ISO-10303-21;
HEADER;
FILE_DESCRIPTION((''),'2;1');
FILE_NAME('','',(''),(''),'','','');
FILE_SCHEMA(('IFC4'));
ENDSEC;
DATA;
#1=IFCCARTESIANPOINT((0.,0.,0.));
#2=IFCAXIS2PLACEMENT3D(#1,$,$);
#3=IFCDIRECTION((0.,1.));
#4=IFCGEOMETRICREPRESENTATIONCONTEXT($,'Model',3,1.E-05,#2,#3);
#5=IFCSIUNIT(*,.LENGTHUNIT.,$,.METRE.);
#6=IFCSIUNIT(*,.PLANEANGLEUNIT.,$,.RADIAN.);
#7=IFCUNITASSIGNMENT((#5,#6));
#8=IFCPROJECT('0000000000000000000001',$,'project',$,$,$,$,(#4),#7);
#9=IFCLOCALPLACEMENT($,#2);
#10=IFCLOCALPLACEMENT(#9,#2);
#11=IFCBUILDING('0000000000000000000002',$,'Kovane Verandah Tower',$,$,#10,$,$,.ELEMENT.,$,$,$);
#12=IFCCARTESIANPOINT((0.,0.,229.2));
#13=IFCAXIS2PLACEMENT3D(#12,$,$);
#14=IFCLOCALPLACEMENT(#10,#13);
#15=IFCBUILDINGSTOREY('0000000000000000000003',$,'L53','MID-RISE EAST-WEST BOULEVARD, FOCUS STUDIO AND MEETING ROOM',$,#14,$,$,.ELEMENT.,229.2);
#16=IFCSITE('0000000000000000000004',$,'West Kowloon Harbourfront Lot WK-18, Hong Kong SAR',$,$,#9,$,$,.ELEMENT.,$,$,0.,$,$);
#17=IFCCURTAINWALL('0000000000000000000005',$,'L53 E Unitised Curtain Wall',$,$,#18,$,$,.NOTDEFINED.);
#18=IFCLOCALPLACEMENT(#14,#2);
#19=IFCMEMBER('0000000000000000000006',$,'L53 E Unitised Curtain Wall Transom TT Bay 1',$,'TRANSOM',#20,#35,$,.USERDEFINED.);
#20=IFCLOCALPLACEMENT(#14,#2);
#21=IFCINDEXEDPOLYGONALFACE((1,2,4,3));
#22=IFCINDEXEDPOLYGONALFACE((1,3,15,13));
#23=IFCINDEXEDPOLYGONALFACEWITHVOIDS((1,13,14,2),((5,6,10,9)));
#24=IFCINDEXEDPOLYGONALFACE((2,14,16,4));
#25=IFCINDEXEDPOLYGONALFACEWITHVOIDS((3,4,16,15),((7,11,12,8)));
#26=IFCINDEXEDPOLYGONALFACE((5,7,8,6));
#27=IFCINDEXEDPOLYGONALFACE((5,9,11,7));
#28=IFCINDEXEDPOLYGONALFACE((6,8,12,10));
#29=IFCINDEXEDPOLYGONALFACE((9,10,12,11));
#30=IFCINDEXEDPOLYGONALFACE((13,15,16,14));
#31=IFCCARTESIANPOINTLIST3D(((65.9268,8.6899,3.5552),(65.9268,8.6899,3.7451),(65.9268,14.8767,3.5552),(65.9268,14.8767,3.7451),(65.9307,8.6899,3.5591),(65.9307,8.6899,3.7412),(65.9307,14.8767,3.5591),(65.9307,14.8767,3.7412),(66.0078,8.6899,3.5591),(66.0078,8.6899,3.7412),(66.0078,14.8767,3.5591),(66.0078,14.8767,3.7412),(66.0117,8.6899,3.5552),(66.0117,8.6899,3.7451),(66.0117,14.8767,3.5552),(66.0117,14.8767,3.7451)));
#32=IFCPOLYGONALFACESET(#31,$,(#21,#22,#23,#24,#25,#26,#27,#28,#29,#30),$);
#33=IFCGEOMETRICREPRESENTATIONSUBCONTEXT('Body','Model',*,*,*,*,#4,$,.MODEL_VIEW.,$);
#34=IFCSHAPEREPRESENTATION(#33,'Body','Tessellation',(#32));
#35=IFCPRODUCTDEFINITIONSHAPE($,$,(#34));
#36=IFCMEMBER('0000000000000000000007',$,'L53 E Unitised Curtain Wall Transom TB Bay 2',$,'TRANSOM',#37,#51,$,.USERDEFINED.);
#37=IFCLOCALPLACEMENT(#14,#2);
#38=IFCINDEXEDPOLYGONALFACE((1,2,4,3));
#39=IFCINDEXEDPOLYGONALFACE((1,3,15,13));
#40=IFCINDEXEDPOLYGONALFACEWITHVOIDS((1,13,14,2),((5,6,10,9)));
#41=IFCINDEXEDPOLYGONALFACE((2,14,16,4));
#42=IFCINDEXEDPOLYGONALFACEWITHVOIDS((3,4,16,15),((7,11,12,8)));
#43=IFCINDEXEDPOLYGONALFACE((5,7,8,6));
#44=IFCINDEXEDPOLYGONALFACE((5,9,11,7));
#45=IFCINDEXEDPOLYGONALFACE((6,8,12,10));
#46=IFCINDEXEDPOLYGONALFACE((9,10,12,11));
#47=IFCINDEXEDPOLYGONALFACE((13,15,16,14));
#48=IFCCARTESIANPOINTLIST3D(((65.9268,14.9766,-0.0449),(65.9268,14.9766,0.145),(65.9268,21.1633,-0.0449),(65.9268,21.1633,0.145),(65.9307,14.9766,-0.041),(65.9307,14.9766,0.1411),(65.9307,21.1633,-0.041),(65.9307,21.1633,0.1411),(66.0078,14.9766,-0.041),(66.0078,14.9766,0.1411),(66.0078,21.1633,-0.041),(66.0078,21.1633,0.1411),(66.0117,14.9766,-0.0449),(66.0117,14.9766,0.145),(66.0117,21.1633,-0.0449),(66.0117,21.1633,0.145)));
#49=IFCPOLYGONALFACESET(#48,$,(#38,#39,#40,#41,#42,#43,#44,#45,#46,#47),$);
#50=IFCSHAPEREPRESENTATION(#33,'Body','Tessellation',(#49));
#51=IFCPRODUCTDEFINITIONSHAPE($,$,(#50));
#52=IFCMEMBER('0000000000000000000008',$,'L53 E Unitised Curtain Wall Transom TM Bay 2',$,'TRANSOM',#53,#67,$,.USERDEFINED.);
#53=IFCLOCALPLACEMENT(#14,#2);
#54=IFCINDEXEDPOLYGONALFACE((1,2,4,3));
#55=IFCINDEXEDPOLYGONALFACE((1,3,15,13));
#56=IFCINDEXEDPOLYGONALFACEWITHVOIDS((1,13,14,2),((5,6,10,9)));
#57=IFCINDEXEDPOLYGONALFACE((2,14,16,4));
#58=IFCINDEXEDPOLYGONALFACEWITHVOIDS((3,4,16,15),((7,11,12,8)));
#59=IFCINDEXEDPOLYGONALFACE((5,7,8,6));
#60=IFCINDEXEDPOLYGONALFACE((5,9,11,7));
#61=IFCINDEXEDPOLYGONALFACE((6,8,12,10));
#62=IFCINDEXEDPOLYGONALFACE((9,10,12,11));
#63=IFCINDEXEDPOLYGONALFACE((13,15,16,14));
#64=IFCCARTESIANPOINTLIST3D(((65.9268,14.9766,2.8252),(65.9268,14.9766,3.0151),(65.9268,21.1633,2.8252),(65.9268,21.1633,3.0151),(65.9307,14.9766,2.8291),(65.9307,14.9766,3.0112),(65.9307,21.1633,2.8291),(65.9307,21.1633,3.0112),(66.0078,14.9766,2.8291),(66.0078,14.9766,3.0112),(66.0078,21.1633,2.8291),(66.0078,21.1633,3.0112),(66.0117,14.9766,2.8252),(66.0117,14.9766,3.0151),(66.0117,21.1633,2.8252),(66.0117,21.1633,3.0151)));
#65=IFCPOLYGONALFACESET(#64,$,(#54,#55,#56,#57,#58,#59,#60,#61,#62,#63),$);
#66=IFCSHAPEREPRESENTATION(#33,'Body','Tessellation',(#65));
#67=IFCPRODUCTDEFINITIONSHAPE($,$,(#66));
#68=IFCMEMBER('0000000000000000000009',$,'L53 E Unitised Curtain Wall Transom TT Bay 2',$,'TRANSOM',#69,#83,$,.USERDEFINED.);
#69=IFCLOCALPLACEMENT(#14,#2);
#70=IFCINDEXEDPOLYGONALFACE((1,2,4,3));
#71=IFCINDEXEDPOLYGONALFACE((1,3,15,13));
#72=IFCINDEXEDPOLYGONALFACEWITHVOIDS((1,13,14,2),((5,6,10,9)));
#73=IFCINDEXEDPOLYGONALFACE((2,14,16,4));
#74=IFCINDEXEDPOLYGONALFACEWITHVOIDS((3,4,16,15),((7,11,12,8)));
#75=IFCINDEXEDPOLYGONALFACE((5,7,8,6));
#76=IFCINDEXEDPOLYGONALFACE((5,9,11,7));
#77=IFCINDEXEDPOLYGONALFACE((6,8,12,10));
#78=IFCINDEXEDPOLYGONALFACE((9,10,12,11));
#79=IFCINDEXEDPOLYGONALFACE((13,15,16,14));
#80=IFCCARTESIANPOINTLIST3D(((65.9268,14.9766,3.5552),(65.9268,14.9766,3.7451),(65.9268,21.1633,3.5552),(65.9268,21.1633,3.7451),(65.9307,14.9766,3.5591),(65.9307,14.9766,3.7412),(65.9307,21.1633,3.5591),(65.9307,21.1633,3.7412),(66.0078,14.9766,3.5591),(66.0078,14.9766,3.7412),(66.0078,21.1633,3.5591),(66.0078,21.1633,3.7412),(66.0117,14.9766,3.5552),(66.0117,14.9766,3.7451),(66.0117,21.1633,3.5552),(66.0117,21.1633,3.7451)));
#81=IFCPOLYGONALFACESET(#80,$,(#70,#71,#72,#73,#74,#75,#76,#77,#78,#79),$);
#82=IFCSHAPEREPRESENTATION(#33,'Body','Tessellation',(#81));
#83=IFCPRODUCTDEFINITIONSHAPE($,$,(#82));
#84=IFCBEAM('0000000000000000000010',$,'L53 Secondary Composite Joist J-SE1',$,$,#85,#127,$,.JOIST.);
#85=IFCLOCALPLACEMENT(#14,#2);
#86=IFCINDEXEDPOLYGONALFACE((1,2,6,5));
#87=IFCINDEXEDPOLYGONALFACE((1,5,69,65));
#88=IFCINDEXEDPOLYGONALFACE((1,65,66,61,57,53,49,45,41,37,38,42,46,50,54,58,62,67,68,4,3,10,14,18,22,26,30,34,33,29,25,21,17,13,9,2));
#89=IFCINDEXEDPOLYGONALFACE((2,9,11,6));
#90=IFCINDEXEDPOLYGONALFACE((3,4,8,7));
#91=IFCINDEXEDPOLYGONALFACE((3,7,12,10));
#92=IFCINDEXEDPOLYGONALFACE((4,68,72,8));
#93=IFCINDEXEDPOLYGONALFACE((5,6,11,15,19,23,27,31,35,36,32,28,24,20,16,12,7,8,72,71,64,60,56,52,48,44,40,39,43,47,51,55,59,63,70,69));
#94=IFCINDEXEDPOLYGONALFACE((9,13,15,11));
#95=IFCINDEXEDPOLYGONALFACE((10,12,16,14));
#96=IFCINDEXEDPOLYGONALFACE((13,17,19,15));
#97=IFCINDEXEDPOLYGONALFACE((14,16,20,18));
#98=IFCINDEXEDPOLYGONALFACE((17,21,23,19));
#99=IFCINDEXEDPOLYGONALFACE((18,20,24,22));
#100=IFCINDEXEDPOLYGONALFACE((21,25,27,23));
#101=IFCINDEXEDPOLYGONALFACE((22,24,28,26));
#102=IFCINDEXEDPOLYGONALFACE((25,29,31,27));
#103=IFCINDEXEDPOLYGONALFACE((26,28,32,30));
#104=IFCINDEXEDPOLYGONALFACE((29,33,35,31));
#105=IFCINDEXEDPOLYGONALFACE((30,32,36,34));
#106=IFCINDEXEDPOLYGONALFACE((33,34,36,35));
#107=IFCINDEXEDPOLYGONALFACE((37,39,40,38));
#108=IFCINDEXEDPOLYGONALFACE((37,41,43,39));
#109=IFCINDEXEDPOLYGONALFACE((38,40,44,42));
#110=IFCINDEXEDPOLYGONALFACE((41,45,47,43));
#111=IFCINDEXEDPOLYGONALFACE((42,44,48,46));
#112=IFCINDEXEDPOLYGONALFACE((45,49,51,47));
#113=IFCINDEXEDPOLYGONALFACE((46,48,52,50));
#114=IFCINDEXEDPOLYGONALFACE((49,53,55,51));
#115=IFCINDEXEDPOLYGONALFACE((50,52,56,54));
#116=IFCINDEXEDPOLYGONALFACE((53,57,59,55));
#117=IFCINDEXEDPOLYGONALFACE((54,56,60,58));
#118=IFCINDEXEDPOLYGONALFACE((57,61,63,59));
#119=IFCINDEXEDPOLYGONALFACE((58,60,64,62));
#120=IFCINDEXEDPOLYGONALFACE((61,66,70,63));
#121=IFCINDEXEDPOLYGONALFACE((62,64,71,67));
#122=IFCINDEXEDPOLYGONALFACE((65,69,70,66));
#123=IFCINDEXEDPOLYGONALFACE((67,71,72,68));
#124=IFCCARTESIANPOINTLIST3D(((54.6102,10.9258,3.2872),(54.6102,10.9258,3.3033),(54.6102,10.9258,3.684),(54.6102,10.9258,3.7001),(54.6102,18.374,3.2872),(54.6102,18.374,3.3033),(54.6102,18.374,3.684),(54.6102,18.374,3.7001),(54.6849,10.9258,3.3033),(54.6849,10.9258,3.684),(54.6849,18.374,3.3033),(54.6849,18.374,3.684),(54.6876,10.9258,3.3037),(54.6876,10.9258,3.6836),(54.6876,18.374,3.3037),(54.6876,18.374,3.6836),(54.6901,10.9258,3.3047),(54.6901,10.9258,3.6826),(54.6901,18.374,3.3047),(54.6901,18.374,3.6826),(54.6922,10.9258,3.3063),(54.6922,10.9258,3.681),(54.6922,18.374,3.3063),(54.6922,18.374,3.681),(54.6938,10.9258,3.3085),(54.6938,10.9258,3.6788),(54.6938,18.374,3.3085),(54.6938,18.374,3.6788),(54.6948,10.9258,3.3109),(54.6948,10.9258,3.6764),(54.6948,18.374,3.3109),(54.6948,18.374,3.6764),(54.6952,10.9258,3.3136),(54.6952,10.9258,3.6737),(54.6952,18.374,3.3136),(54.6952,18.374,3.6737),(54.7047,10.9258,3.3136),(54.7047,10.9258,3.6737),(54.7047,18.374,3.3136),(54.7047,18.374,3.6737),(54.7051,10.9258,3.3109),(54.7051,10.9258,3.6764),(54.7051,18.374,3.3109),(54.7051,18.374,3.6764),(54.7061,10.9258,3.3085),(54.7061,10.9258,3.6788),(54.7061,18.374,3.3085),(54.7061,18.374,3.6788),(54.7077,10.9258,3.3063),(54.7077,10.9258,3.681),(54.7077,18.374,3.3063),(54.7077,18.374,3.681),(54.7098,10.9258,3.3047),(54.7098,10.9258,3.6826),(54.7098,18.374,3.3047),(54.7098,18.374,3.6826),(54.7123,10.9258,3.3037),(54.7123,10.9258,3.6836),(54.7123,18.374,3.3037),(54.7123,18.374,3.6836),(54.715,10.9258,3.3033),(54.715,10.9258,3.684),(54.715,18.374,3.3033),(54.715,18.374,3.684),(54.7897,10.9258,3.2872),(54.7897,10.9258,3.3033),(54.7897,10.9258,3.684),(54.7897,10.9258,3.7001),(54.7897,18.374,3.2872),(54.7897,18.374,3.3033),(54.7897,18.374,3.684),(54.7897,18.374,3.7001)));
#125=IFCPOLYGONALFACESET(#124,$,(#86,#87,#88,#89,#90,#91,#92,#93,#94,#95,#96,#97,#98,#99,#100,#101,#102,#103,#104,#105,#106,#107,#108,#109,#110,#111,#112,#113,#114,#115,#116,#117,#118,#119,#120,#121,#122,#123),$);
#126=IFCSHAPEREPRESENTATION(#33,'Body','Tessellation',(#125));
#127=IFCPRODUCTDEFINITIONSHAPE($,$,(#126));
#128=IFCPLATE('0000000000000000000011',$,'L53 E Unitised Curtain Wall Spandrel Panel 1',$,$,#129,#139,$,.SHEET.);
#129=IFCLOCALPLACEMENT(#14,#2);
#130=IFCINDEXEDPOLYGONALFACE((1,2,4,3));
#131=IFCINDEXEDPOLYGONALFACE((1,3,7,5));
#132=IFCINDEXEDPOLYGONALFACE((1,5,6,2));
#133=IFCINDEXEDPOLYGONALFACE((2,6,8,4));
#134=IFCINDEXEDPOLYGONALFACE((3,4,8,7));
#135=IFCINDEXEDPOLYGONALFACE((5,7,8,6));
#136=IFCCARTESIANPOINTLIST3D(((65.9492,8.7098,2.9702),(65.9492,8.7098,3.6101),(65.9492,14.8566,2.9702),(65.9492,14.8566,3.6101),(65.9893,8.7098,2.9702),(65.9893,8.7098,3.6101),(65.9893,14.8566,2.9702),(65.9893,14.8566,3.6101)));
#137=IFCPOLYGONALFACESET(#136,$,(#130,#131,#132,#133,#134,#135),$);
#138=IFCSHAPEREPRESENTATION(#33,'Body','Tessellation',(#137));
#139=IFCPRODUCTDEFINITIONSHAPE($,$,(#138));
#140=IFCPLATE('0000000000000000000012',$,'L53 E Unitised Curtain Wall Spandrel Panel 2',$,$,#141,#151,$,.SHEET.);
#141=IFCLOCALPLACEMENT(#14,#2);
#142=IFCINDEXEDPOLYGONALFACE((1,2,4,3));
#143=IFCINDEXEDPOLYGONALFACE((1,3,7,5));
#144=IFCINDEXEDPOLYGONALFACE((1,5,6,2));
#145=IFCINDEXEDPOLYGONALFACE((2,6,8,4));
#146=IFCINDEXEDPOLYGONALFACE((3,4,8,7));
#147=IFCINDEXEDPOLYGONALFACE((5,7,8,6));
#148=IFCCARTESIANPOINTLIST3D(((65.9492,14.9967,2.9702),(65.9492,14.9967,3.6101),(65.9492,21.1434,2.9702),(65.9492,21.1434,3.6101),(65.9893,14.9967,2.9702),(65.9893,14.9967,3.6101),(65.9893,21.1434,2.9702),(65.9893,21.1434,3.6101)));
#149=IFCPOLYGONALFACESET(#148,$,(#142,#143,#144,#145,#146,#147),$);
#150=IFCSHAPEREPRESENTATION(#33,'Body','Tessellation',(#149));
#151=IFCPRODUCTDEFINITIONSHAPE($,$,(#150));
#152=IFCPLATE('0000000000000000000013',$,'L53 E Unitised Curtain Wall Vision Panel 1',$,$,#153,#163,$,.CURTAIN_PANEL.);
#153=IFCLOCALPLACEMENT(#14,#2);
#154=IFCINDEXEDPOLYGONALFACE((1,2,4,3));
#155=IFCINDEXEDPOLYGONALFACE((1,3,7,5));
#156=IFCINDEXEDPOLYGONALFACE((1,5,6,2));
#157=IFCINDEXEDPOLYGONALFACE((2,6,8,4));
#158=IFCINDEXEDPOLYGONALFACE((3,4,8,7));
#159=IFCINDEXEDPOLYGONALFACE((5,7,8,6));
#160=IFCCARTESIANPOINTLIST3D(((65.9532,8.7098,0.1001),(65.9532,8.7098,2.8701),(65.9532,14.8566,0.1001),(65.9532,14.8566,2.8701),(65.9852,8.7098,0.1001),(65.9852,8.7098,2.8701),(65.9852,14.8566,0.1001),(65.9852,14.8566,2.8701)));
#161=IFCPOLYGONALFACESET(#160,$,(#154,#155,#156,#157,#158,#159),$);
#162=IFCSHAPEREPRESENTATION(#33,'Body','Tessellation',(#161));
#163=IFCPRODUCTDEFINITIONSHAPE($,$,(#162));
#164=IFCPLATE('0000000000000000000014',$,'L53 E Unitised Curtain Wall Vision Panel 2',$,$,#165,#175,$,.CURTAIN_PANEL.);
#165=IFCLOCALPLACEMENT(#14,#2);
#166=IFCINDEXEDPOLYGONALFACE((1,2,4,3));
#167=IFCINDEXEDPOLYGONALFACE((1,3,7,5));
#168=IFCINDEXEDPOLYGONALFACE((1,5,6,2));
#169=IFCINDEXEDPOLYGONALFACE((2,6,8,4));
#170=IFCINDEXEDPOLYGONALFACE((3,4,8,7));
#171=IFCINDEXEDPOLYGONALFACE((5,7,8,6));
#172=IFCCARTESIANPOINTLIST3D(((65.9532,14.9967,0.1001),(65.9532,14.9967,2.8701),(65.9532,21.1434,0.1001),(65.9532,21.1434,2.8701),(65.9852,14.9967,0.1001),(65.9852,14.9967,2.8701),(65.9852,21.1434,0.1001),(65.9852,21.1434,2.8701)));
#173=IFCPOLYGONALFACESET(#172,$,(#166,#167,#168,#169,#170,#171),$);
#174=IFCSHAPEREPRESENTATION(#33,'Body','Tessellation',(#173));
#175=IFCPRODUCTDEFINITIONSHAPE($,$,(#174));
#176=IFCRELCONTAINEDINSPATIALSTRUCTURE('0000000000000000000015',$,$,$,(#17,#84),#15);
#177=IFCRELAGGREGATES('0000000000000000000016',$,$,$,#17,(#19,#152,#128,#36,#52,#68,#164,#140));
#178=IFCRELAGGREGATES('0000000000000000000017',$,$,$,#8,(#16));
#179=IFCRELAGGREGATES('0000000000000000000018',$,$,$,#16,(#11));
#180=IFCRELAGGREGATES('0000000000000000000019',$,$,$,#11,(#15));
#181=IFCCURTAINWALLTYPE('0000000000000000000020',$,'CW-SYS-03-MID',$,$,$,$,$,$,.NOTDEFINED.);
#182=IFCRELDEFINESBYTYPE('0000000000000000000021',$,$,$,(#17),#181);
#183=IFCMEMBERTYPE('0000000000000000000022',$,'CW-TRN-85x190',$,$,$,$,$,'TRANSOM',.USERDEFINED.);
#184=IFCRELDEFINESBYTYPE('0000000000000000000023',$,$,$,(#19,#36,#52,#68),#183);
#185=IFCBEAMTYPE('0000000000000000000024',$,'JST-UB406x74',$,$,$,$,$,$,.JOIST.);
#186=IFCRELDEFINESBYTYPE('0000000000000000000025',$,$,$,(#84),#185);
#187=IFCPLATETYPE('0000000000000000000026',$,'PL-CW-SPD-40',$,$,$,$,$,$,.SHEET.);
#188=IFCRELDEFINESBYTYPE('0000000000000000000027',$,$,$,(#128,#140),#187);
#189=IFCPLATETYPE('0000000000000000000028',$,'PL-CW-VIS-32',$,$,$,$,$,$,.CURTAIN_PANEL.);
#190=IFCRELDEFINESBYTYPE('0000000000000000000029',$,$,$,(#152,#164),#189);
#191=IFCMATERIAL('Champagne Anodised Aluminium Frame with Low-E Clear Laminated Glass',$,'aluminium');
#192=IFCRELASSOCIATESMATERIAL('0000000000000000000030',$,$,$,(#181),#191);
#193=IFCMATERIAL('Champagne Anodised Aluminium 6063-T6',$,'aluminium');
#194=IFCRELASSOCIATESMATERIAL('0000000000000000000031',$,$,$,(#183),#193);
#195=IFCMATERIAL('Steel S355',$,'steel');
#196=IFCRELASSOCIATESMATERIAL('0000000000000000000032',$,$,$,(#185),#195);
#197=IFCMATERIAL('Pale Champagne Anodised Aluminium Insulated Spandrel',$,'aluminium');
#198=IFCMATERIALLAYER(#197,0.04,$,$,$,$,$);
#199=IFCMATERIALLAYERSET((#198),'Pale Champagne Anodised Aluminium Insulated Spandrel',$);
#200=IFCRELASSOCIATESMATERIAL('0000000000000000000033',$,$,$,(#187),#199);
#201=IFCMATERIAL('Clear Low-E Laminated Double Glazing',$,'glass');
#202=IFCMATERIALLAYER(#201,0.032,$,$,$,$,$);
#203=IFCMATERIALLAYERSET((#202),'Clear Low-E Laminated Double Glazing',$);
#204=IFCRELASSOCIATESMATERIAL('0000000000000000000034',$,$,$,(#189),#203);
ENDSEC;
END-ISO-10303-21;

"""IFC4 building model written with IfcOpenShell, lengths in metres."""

from ifc_helpers import new_model, si_unit, direction, frame, origin, origin_2d, place, context, subcontext, project, spatial, rectangle, hollow_rectangle, i_section, extrude, material, layer, layer_set, material_profile, profile_set, type_object, element, aggregate, save


model = new_model("IFC4")

# Units and contexts
model_context = context("Model", 3, precision=1e-05, world=origin(), true_north=direction((0.0, 1.0)))
body_context = subcontext(model_context, "Body", "Model", "MODEL_VIEW")
ifc_project = project(units=[si_unit("LENGTHUNIT", "METRE"), si_unit("PLANEANGLEUNIT", "RADIAN")], contexts=[model_context])

# Site, building, storey
site_placement = place(None, origin())
site = spatial("IfcSite", under=ifc_project, at=site_placement, Name="West Kowloon Harbourfront Lot WK-18, Hong Kong SAR", CompositionType="ELEMENT", RefElevation=0.0)
building_placement = place(site_placement, origin())
building = spatial("IfcBuilding", under=site, at=building_placement, Name="Kovane Verandah Tower", CompositionType="ELEMENT")
storey_placement = place(building_placement, frame((0.0, 0.0, 229.2)))
storey = spatial("IfcBuildingStorey", under=building, at=storey_placement, Name="L53", Description="MID-RISE EAST-WEST BOULEVARD, FOCUS STUDIO AND MEETING ROOM", CompositionType="ELEMENT", Elevation=229.2)

# Shared definitions
ifc_material_1 = material(Name="Steel S355", Category="steel")

# Curtain wall, members
ifc_material_2 = material(Name="Champagne Anodised Aluminium Frame with Low-E Clear Laminated Glass", Category="aluminium")
curtain_wall_type = type_object("IfcCurtainWallType", Name="CW-SYS-03-MID", PredefinedType="NOTDEFINED", material=ifc_material_2)
curtain_wall_placement = place(storey_placement, origin())
curtain_wall = element("IfcCurtainWall", 1, at=curtain_wall_placement, inside=storey, type_object=curtain_wall_type, Name="L53 E Unitised Curtain Wall", PredefinedType="NOTDEFINED")
ifc_material_3 = material(Name="Champagne Anodised Aluminium 6063-T6", Category="aluminium")
ifc_material_profile_1 = material_profile(ifc_material_3, hollow_rectangle(XDim=0.085, YDim=0.1899, WallThickness=0.0039, at=origin_2d()), Name="AL85x190x4")
ifc_profile_set_1 = profile_set([ifc_material_profile_1], Name="Champagne Anodised Aluminium 6063-T6")
member_type_1 = type_object("IfcMemberType", Name="CW-TRN-85x190", ElementType="TRANSOM", PredefinedType="USERDEFINED", material=ifc_profile_set_1)
member_1_placement = place(storey_placement, frame((65.9692, 8.6899, 3.6501), z_axis=(0.0, 1.0, 0.0), x_axis=(-1.0, 0.0, 0.0)))
member_1 = element("IfcMember", 2, at=member_1_placement, type_object=member_type_1, Name="L53 E Unitised Curtain Wall Transom TT Bay 1", ObjectType="TRANSOM", PredefinedType="USERDEFINED", context=body_context, shape_type="SweptSolid", body=[
    extrude(hollow_rectangle(XDim=0.085, YDim=0.1899, WallThickness=0.0039, at=origin_2d()), origin(), (0.0, 0.0, 1.0), 6.1868),
])
member_2_placement = place(storey_placement, frame((65.9692, 14.9766, 0.05), z_axis=(0.0, 1.0, 0.0), x_axis=(-1.0, 0.0, 0.0)))
member_2 = element("IfcMember", 3, at=member_2_placement, type_object=member_type_1, Name="L53 E Unitised Curtain Wall Transom TB Bay 2", ObjectType="TRANSOM", PredefinedType="USERDEFINED", context=body_context, shape_type="SweptSolid", body=[
    extrude(hollow_rectangle(XDim=0.085, YDim=0.1899, WallThickness=0.0039, at=origin_2d()), origin(), (0.0, 0.0, 1.0), 6.1868),
])
member_3_placement = place(storey_placement, frame((65.9692, 14.9766, 2.9202), z_axis=(0.0, 1.0, 0.0), x_axis=(-1.0, 0.0, 0.0)))
member_3 = element("IfcMember", 4, at=member_3_placement, type_object=member_type_1, Name="L53 E Unitised Curtain Wall Transom TM Bay 2", ObjectType="TRANSOM", PredefinedType="USERDEFINED", context=body_context, shape_type="SweptSolid", body=[
    extrude(hollow_rectangle(XDim=0.085, YDim=0.1899, WallThickness=0.0039, at=origin_2d()), origin(), (0.0, 0.0, 1.0), 6.1868),
])
member_4_placement = place(storey_placement, frame((65.9692, 14.9766, 3.6501), z_axis=(0.0, 1.0, 0.0), x_axis=(-1.0, 0.0, 0.0)))
member_4 = element("IfcMember", 5, at=member_4_placement, type_object=member_type_1, Name="L53 E Unitised Curtain Wall Transom TT Bay 2", ObjectType="TRANSOM", PredefinedType="USERDEFINED", context=body_context, shape_type="SweptSolid", body=[
    extrude(hollow_rectangle(XDim=0.085, YDim=0.1899, WallThickness=0.0039, at=origin_2d()), origin(), (0.0, 0.0, 1.0), 6.1868),
])

# Beam
ifc_material_profile_2 = material_profile(ifc_material_1, i_section(OverallWidth=0.1794, OverallDepth=0.4128, WebThickness=0.0095, FlangeThickness=0.0161, FilletRadius=0.0103, at=origin_2d()), Name="UB406x178x74")
ifc_profile_set_2 = profile_set([ifc_material_profile_2], Name="Steel S355")
beam_type_1 = type_object("IfcBeamType", Name="JST-UB406x74", PredefinedType="JOIST", material=ifc_profile_set_2)
beam_1_placement = place(storey_placement, frame((54.7, 10.9258, 3.4937), z_axis=(0.0, 1.0, 0.0), x_axis=(-1.0, 0.0, 0.0)))
element("IfcBeam", 6, at=beam_1_placement, inside=storey, type_object=beam_type_1, Name="L53 Secondary Composite Joist J-SE1", PredefinedType="JOIST", context=body_context, shape_type="SweptSolid", body=[
    extrude(i_section(OverallWidth=0.1794, OverallDepth=0.4128, WebThickness=0.0095, FlangeThickness=0.0161, FilletRadius=0.0103, at=origin_2d()), origin(), (0.0, 0.0, 1.0), 7.4482),
])

# Plates
ifc_material_4 = material(Name="Pale Champagne Anodised Aluminium Insulated Spandrel", Category="aluminium")
ifc_layer_1 = layer(ifc_material_4, 0.04)
ifc_layer_set_1 = layer_set([ifc_layer_1], Name="Pale Champagne Anodised Aluminium Insulated Spandrel")
plate_type_1 = type_object("IfcPlateType", Name="PL-CW-SPD-40", PredefinedType="SHEET", material=ifc_layer_set_1)
plate_1_placement = place(storey_placement, frame((65.9692, 11.7832, 2.9702), z_axis=(0.0, 0.0, 1.0), x_axis=(0.0, 1.0, 0.0)))
plate_1 = element("IfcPlate", 7, at=plate_1_placement, type_object=plate_type_1, Name="L53 E Unitised Curtain Wall Spandrel Panel 1", PredefinedType="SHEET", context=body_context, shape_type="SweptSolid", body=[
    extrude(rectangle(XDim=6.1467, YDim=0.04, at=origin_2d()), origin(), (0.0, 0.0, 1.0), 0.6399),
])
plate_2_placement = place(storey_placement, frame((65.9692, 18.0701, 2.9702), z_axis=(0.0, 0.0, 1.0), x_axis=(0.0, 1.0, 0.0)))
plate_2 = element("IfcPlate", 8, at=plate_2_placement, type_object=plate_type_1, Name="L53 E Unitised Curtain Wall Spandrel Panel 2", PredefinedType="SHEET", context=body_context, shape_type="SweptSolid", body=[
    extrude(rectangle(XDim=6.1467, YDim=0.04, at=origin_2d()), origin(), (0.0, 0.0, 1.0), 0.6399),
])
ifc_material_5 = material(Name="Clear Low-E Laminated Double Glazing", Category="glass")
ifc_layer_2 = layer(ifc_material_5, 0.032)
ifc_layer_set_2 = layer_set([ifc_layer_2], Name="Clear Low-E Laminated Double Glazing")
plate_type_2 = type_object("IfcPlateType", Name="PL-CW-VIS-32", PredefinedType="CURTAIN_PANEL", material=ifc_layer_set_2)
plate_3_placement = place(storey_placement, frame((65.9692, 11.7832, 0.1001), z_axis=(0.0, 0.0, 1.0), x_axis=(0.0, 1.0, 0.0)))
plate_3 = element("IfcPlate", 9, at=plate_3_placement, type_object=plate_type_2, Name="L53 E Unitised Curtain Wall Vision Panel 1", PredefinedType="CURTAIN_PANEL", context=body_context, shape_type="SweptSolid", body=[
    extrude(rectangle(XDim=6.1467, YDim=0.032, at=origin_2d()), origin(), (0.0, 0.0, 1.0), 2.77),
])
plate_4_placement = place(storey_placement, frame((65.9692, 18.0701, 0.1001), z_axis=(0.0, 0.0, 1.0), x_axis=(0.0, 1.0, 0.0)))
plate_4 = element("IfcPlate", 10, at=plate_4_placement, type_object=plate_type_2, Name="L53 E Unitised Curtain Wall Vision Panel 2", PredefinedType="CURTAIN_PANEL", context=body_context, shape_type="SweptSolid", body=[
    extrude(rectangle(XDim=6.1467, YDim=0.032, at=origin_2d()), origin(), (0.0, 0.0, 1.0), 2.77),
])
aggregate(curtain_wall, [member_1, plate_3, plate_1, member_2, member_3, member_4, plate_4, plate_2])

save(model, "model.ifc")
